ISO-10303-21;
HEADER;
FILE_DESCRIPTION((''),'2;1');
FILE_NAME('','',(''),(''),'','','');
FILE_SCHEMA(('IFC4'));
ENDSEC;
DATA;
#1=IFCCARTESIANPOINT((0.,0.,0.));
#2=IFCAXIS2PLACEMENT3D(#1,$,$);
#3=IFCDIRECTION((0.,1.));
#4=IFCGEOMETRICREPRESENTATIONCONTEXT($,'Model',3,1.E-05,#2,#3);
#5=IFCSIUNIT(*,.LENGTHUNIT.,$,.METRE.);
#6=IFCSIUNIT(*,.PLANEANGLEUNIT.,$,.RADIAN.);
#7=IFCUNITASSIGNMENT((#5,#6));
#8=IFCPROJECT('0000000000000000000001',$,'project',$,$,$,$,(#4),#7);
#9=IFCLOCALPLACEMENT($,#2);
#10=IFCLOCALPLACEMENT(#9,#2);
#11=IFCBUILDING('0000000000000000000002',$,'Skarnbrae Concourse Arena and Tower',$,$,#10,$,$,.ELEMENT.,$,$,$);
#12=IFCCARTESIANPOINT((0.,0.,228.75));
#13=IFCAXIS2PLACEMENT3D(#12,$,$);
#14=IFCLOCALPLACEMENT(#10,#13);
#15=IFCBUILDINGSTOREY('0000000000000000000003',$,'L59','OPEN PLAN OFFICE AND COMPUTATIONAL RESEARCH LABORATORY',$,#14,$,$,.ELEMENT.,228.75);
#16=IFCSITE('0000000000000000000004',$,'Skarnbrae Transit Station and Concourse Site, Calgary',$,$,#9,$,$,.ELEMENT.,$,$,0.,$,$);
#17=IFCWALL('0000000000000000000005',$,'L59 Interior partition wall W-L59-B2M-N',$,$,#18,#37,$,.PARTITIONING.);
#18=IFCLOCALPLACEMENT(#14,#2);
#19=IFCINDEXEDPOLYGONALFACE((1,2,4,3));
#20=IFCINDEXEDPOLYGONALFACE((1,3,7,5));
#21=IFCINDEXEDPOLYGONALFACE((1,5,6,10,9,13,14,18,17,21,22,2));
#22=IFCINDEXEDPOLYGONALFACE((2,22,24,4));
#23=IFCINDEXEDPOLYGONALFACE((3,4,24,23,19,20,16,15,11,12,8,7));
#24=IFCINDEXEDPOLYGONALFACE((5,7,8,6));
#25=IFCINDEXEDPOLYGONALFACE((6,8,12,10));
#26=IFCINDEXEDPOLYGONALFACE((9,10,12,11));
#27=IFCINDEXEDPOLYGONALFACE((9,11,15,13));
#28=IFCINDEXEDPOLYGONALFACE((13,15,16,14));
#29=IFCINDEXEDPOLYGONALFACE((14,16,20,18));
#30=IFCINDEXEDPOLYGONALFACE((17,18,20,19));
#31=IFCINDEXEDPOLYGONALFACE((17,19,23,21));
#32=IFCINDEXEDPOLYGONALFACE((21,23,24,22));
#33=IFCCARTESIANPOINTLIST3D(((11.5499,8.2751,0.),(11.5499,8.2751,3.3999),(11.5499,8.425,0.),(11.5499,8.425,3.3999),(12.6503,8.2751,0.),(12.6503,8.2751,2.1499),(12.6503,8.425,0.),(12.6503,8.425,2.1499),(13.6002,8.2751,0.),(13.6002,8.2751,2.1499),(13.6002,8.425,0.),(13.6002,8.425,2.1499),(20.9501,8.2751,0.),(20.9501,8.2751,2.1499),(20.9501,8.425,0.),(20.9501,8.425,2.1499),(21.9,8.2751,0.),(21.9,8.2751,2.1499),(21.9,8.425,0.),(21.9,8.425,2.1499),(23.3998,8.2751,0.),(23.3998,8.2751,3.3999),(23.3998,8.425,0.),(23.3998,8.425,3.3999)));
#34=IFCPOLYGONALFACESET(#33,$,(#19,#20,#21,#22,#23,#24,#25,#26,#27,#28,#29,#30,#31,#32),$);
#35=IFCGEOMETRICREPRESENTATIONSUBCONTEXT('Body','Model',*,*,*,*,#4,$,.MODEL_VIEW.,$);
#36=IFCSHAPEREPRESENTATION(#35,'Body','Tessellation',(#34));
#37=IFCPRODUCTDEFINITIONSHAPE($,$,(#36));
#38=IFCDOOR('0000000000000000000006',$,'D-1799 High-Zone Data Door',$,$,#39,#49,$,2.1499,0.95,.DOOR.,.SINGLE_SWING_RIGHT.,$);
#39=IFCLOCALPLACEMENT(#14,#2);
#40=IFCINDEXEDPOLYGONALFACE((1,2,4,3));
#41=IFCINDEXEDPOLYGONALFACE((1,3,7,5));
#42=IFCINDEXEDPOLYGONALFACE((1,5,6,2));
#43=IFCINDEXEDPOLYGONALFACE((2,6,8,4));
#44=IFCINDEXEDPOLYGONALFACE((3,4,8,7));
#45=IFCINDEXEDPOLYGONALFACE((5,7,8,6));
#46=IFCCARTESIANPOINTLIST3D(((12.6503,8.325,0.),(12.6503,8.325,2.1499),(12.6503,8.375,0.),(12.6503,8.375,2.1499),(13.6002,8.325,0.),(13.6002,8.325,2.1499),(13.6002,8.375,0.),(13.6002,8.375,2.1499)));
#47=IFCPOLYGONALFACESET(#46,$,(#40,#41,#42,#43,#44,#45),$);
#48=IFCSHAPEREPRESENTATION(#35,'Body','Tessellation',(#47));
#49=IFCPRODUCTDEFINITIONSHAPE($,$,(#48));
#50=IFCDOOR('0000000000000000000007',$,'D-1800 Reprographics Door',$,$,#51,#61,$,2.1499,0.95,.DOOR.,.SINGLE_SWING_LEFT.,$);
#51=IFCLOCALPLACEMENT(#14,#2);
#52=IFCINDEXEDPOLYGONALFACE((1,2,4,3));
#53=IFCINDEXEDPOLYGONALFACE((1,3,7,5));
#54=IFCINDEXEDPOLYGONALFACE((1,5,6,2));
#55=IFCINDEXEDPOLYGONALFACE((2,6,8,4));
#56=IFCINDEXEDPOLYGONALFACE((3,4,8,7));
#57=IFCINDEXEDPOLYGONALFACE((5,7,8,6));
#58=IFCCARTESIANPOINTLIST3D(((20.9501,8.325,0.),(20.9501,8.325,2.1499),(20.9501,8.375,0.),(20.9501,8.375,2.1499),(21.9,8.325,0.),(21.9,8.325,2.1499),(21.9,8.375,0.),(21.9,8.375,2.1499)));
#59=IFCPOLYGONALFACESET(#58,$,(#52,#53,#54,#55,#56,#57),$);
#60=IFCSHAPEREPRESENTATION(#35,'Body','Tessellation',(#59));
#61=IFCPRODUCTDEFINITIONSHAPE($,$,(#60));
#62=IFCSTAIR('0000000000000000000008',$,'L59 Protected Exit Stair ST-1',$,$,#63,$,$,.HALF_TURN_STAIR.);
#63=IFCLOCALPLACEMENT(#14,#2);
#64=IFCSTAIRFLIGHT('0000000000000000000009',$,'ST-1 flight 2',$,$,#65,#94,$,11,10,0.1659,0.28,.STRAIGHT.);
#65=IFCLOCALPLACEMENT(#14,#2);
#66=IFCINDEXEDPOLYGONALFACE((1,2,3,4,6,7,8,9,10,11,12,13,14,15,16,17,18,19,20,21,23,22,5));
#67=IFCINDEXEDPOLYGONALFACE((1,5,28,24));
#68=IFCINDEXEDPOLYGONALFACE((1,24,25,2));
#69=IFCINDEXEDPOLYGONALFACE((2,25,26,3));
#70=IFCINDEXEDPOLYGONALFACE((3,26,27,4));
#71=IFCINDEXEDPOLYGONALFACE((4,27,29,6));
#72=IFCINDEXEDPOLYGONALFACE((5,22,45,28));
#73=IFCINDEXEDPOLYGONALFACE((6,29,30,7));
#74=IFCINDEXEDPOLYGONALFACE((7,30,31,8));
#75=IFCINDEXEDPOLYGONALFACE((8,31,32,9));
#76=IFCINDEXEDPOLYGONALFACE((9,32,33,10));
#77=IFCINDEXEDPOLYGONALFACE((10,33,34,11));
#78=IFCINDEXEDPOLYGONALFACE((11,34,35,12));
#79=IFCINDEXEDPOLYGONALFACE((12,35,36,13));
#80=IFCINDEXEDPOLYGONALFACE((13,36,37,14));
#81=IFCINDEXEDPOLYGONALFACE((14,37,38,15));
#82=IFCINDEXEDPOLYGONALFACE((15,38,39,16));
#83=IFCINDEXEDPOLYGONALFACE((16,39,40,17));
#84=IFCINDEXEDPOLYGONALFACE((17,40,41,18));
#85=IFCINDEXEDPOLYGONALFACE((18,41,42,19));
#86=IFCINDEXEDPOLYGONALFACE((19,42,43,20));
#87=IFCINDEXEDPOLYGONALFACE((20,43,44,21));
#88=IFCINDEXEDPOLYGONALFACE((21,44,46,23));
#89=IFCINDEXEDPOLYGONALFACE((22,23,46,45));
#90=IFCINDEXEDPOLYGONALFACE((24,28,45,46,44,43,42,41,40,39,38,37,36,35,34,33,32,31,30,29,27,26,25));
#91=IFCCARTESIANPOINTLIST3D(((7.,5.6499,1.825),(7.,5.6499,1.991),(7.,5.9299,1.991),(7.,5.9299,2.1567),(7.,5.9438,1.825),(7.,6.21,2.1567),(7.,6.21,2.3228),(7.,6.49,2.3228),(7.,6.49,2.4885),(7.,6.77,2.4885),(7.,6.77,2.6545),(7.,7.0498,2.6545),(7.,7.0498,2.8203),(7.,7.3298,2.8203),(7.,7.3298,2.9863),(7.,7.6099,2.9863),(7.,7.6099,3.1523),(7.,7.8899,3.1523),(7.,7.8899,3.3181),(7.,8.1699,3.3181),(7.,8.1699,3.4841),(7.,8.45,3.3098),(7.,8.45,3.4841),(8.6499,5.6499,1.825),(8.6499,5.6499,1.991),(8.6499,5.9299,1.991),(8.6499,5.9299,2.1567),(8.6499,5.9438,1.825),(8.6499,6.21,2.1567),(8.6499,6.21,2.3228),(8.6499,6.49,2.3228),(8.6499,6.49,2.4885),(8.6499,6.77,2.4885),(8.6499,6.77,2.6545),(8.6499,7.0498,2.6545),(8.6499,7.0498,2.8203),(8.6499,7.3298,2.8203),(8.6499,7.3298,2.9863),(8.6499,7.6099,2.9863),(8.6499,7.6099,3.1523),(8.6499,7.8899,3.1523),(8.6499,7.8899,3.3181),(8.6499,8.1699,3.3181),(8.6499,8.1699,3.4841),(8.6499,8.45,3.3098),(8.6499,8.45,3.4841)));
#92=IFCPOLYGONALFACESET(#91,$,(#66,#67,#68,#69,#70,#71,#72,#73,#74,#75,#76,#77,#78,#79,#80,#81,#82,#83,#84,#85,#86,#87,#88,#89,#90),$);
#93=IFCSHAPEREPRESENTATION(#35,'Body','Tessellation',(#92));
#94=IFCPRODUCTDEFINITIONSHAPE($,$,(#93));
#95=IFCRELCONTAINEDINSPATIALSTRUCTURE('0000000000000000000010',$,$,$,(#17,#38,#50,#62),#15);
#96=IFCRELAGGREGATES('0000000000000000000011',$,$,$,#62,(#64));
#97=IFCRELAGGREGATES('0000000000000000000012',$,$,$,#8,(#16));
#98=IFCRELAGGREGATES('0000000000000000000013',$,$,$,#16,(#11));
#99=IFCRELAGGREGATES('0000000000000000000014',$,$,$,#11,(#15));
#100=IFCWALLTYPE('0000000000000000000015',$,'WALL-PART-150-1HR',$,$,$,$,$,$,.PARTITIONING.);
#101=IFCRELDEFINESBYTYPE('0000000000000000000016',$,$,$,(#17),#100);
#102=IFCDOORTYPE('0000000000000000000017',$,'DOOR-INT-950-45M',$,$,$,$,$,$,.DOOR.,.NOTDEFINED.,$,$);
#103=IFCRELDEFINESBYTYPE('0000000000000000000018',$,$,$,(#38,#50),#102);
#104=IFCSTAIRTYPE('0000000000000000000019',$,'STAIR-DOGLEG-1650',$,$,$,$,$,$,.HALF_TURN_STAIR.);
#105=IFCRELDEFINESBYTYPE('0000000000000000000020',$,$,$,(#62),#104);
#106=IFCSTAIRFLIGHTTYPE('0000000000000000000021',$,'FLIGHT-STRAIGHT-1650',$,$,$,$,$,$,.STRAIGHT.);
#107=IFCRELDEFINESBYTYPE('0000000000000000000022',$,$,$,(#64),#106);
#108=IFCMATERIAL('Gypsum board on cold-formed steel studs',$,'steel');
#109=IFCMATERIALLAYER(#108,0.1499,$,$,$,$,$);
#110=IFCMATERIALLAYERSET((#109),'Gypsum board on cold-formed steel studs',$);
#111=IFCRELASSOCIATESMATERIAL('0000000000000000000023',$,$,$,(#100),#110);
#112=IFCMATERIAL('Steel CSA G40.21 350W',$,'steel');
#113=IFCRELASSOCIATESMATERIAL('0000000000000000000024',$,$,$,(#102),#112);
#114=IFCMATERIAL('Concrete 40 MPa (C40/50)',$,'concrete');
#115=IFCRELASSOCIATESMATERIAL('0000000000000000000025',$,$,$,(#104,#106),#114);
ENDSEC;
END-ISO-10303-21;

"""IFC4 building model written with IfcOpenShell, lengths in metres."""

from ifc_helpers import new_model, si_unit, direction, frame, frame_2d, origin, place, context, subcontext, project, spatial, polyline, rectangle, outline, extrude, source, transform, mapped, material, layer, layer_set, type_object, element, fill, aggregate, save


model = new_model("IFC4")

# Units and contexts
model_context = context("Model", 3, precision=1e-05, world=origin(), true_north=direction((0.0, 1.0)))
body_context = subcontext(model_context, "Body", "Model", "MODEL_VIEW")
ifc_project = project(units=[si_unit("LENGTHUNIT", "METRE"), si_unit("PLANEANGLEUNIT", "RADIAN")], contexts=[model_context])

# Site, building, storey
site_placement = place(None, origin())
site = spatial("IfcSite", under=ifc_project, at=site_placement, Name="Skarnbrae Transit Station and Concourse Site, Calgary", CompositionType="ELEMENT", RefElevation=0.0)
building_placement = place(site_placement, origin())
building = spatial("IfcBuilding", under=site, at=building_placement, Name="Skarnbrae Concourse Arena and Tower", CompositionType="ELEMENT")
storey_placement = place(building_placement, frame((0.0, 0.0, 228.75)))
storey = spatial("IfcBuildingStorey", under=building, at=storey_placement, Name="L59", Description="OPEN PLAN OFFICE AND COMPUTATIONAL RESEARCH LABORATORY", CompositionType="ELEMENT", Elevation=228.75)

# Shared definitions
ifc_material_1 = material(Name="Gypsum board on cold-formed steel studs", Category="steel")

# Shared definitions
ifc_material_2 = material(Name="Steel CSA G40.21 350W", Category="steel")

# Shared definitions
ifc_layer_1 = layer(ifc_material_1, 0.1499)
ifc_layer_set_1 = layer_set([ifc_layer_1], Name="Gypsum board on cold-formed steel studs")
wall_type_1 = type_object("IfcWallType", Name="WALL-PART-150-1HR", PredefinedType="PARTITIONING", material=ifc_layer_set_1)

# Shared definitions
door_type_1 = type_object("IfcDoorType", Name="DOOR-INT-950-45M", OperationType="NOTDEFINED", PredefinedType="DOOR", material=ifc_material_2)
shared_shape_1 = source(origin(), body_context, "Body", "SweptSolid", [
    extrude(rectangle(XDim=0.95, YDim=2.1499, at=frame_2d((0.4751, 1.075))), frame((0.0, 0.0249, 0.0), z_axis=(0.0, -1.0, 0.0), x_axis=(1.0, 0.0, 0.0)), (0.0, 0.0, 1.0), 0.05),
])

# Shared definitions
shared_shape_2 = source(origin(), body_context, "Body", "SweptSolid", [
    extrude(rectangle(XDim=11.8499, YDim=0.1499, at=frame_2d((5.9248, 0.0))), origin(), (0.0, 0.0, 1.0), 3.3999),
])

# Wall, openings, doors
wall_1_placement = place(storey_placement, frame((11.55, 8.3501, 0.0), z_axis=(0.0, 0.0, 1.0), x_axis=(1.0, 0.0, 0.0)))
wall_1 = element("IfcWall", 1, at=wall_1_placement, inside=storey, type_object=wall_type_1, Name="L59 Interior partition wall W-L59-B2M-N", PredefinedType="PARTITIONING", context=body_context, shape_type="MappedRepresentation", body=[
    mapped(shared_shape_2, transform((0.0, 0.0, 0.0))),
])
opening_1_placement = place(wall_1_placement, frame((1.1001, 0.0, 0.0)))
opening_1 = element("IfcOpeningElement", 2, at=opening_1_placement, cuts=wall_1, PredefinedType="OPENING", context=body_context, shape_type="SweptSolid", body=[
    extrude(rectangle(XDim=0.95, YDim=2.1499, at=frame_2d((0.4751, 1.075))), frame((0.0, 0.085, 0.0), z_axis=(0.0, -1.0, 0.0), x_axis=(1.0, 0.0, 0.0)), (0.0, 0.0, 1.0), 0.1699),
])
opening_2_placement = place(wall_1_placement, frame((9.3999, 0.0, 0.0)))
opening_2 = element("IfcOpeningElement", 3, at=opening_2_placement, cuts=wall_1, PredefinedType="OPENING", context=body_context, shape_type="SweptSolid", body=[
    extrude(rectangle(XDim=0.95, YDim=2.1499, at=frame_2d((0.4751, 1.075))), frame((0.0, 0.085, 0.0), z_axis=(0.0, -1.0, 0.0), x_axis=(1.0, 0.0, 0.0)), (0.0, 0.0, 1.0), 0.1699),
])
door_1_placement = place(opening_1_placement, origin())
door_1 = element("IfcDoor", 4, at=door_1_placement, inside=storey, type_object=door_type_1, Name="D-1799 High-Zone Data Door", OperationType="SINGLE_SWING_RIGHT", OverallHeight=2.1499, OverallWidth=0.95, PredefinedType="DOOR", context=body_context, shape_type="MappedRepresentation", body=[
    mapped(shared_shape_1, transform((0.0, 0.0, 0.0))),
])
fill(opening_1, door_1)
door_2_placement = place(opening_2_placement, origin())
door_2 = element("IfcDoor", 5, at=door_2_placement, inside=storey, type_object=door_type_1, Name="D-1800 Reprographics Door", OperationType="SINGLE_SWING_LEFT", OverallHeight=2.1499, OverallWidth=0.95, PredefinedType="DOOR", context=body_context, shape_type="MappedRepresentation", body=[
    mapped(shared_shape_1, transform((0.0, 0.0, 0.0))),
])
fill(opening_2, door_2)

# Stair, stair flight
ifc_material_3 = material(Name="Concrete 40 MPa (C40/50)", Category="concrete")
stair_type = type_object("IfcStairType", Name="STAIR-DOGLEG-1650", PredefinedType="HALF_TURN_STAIR", material=ifc_material_3)
stair_placement = place(storey_placement, origin())
stair = element("IfcStair", 6, at=stair_placement, inside=storey, type_object=stair_type, Name="L59 Protected Exit Stair ST-1", PredefinedType="HALF_TURN_STAIR")
stair_flight_type = type_object("IfcStairFlightType", Name="FLIGHT-STRAIGHT-1650", PredefinedType="STRAIGHT", material=ifc_material_3)
shared_shape_3 = source(origin(), body_context, "Body", "SweptSolid", [
    extrude(outline(polyline([(0.0, 0.0), (0.0, 0.166), (0.28, 0.166), (0.28, 0.3318), (0.5601, 0.3318), (0.5601, 0.4978), (0.8401, 0.4978), (0.8401, 0.6636), (1.1201, 0.6636), (1.1201, 0.8296), (1.3999, 0.8296), (1.3999, 0.9954), (1.6799, 0.9954), (1.6799, 1.1614), (1.96, 1.1614), (1.96, 1.3274), (2.24, 1.3274), (2.24, 1.4932), (2.52, 1.4932), (2.52, 1.6592), (2.8, 1.6592), (2.8, 1.825), (2.8, 1.4849), (0.2939, 0.0), (0.0, 0.0)])), frame((0.0, 0.825, 0.0), z_axis=(0.0, -1.0, 0.0), x_axis=(1.0, 0.0, 0.0)), (0.0, 0.0, 1.0), 1.6499),
])
stair_flight_placement = place(storey_placement, frame((7.825, 5.6499, 1.825), z_axis=(0.0, 0.0, 1.0), x_axis=(0.0, 1.0, 0.0)))
stair_flight = element("IfcStairFlight", 7, at=stair_flight_placement, type_object=stair_flight_type, Name="ST-1 flight 2", NumberOfRisers=11, NumberOfTreads=10, PredefinedType="STRAIGHT", RiserHeight=0.1659, TreadLength=0.28, context=body_context, shape_type="MappedRepresentation", body=[
    mapped(shared_shape_3, transform((0.0, 0.0, 0.0))),
])
aggregate(stair, [stair_flight])

save(model, "model.ifc")
